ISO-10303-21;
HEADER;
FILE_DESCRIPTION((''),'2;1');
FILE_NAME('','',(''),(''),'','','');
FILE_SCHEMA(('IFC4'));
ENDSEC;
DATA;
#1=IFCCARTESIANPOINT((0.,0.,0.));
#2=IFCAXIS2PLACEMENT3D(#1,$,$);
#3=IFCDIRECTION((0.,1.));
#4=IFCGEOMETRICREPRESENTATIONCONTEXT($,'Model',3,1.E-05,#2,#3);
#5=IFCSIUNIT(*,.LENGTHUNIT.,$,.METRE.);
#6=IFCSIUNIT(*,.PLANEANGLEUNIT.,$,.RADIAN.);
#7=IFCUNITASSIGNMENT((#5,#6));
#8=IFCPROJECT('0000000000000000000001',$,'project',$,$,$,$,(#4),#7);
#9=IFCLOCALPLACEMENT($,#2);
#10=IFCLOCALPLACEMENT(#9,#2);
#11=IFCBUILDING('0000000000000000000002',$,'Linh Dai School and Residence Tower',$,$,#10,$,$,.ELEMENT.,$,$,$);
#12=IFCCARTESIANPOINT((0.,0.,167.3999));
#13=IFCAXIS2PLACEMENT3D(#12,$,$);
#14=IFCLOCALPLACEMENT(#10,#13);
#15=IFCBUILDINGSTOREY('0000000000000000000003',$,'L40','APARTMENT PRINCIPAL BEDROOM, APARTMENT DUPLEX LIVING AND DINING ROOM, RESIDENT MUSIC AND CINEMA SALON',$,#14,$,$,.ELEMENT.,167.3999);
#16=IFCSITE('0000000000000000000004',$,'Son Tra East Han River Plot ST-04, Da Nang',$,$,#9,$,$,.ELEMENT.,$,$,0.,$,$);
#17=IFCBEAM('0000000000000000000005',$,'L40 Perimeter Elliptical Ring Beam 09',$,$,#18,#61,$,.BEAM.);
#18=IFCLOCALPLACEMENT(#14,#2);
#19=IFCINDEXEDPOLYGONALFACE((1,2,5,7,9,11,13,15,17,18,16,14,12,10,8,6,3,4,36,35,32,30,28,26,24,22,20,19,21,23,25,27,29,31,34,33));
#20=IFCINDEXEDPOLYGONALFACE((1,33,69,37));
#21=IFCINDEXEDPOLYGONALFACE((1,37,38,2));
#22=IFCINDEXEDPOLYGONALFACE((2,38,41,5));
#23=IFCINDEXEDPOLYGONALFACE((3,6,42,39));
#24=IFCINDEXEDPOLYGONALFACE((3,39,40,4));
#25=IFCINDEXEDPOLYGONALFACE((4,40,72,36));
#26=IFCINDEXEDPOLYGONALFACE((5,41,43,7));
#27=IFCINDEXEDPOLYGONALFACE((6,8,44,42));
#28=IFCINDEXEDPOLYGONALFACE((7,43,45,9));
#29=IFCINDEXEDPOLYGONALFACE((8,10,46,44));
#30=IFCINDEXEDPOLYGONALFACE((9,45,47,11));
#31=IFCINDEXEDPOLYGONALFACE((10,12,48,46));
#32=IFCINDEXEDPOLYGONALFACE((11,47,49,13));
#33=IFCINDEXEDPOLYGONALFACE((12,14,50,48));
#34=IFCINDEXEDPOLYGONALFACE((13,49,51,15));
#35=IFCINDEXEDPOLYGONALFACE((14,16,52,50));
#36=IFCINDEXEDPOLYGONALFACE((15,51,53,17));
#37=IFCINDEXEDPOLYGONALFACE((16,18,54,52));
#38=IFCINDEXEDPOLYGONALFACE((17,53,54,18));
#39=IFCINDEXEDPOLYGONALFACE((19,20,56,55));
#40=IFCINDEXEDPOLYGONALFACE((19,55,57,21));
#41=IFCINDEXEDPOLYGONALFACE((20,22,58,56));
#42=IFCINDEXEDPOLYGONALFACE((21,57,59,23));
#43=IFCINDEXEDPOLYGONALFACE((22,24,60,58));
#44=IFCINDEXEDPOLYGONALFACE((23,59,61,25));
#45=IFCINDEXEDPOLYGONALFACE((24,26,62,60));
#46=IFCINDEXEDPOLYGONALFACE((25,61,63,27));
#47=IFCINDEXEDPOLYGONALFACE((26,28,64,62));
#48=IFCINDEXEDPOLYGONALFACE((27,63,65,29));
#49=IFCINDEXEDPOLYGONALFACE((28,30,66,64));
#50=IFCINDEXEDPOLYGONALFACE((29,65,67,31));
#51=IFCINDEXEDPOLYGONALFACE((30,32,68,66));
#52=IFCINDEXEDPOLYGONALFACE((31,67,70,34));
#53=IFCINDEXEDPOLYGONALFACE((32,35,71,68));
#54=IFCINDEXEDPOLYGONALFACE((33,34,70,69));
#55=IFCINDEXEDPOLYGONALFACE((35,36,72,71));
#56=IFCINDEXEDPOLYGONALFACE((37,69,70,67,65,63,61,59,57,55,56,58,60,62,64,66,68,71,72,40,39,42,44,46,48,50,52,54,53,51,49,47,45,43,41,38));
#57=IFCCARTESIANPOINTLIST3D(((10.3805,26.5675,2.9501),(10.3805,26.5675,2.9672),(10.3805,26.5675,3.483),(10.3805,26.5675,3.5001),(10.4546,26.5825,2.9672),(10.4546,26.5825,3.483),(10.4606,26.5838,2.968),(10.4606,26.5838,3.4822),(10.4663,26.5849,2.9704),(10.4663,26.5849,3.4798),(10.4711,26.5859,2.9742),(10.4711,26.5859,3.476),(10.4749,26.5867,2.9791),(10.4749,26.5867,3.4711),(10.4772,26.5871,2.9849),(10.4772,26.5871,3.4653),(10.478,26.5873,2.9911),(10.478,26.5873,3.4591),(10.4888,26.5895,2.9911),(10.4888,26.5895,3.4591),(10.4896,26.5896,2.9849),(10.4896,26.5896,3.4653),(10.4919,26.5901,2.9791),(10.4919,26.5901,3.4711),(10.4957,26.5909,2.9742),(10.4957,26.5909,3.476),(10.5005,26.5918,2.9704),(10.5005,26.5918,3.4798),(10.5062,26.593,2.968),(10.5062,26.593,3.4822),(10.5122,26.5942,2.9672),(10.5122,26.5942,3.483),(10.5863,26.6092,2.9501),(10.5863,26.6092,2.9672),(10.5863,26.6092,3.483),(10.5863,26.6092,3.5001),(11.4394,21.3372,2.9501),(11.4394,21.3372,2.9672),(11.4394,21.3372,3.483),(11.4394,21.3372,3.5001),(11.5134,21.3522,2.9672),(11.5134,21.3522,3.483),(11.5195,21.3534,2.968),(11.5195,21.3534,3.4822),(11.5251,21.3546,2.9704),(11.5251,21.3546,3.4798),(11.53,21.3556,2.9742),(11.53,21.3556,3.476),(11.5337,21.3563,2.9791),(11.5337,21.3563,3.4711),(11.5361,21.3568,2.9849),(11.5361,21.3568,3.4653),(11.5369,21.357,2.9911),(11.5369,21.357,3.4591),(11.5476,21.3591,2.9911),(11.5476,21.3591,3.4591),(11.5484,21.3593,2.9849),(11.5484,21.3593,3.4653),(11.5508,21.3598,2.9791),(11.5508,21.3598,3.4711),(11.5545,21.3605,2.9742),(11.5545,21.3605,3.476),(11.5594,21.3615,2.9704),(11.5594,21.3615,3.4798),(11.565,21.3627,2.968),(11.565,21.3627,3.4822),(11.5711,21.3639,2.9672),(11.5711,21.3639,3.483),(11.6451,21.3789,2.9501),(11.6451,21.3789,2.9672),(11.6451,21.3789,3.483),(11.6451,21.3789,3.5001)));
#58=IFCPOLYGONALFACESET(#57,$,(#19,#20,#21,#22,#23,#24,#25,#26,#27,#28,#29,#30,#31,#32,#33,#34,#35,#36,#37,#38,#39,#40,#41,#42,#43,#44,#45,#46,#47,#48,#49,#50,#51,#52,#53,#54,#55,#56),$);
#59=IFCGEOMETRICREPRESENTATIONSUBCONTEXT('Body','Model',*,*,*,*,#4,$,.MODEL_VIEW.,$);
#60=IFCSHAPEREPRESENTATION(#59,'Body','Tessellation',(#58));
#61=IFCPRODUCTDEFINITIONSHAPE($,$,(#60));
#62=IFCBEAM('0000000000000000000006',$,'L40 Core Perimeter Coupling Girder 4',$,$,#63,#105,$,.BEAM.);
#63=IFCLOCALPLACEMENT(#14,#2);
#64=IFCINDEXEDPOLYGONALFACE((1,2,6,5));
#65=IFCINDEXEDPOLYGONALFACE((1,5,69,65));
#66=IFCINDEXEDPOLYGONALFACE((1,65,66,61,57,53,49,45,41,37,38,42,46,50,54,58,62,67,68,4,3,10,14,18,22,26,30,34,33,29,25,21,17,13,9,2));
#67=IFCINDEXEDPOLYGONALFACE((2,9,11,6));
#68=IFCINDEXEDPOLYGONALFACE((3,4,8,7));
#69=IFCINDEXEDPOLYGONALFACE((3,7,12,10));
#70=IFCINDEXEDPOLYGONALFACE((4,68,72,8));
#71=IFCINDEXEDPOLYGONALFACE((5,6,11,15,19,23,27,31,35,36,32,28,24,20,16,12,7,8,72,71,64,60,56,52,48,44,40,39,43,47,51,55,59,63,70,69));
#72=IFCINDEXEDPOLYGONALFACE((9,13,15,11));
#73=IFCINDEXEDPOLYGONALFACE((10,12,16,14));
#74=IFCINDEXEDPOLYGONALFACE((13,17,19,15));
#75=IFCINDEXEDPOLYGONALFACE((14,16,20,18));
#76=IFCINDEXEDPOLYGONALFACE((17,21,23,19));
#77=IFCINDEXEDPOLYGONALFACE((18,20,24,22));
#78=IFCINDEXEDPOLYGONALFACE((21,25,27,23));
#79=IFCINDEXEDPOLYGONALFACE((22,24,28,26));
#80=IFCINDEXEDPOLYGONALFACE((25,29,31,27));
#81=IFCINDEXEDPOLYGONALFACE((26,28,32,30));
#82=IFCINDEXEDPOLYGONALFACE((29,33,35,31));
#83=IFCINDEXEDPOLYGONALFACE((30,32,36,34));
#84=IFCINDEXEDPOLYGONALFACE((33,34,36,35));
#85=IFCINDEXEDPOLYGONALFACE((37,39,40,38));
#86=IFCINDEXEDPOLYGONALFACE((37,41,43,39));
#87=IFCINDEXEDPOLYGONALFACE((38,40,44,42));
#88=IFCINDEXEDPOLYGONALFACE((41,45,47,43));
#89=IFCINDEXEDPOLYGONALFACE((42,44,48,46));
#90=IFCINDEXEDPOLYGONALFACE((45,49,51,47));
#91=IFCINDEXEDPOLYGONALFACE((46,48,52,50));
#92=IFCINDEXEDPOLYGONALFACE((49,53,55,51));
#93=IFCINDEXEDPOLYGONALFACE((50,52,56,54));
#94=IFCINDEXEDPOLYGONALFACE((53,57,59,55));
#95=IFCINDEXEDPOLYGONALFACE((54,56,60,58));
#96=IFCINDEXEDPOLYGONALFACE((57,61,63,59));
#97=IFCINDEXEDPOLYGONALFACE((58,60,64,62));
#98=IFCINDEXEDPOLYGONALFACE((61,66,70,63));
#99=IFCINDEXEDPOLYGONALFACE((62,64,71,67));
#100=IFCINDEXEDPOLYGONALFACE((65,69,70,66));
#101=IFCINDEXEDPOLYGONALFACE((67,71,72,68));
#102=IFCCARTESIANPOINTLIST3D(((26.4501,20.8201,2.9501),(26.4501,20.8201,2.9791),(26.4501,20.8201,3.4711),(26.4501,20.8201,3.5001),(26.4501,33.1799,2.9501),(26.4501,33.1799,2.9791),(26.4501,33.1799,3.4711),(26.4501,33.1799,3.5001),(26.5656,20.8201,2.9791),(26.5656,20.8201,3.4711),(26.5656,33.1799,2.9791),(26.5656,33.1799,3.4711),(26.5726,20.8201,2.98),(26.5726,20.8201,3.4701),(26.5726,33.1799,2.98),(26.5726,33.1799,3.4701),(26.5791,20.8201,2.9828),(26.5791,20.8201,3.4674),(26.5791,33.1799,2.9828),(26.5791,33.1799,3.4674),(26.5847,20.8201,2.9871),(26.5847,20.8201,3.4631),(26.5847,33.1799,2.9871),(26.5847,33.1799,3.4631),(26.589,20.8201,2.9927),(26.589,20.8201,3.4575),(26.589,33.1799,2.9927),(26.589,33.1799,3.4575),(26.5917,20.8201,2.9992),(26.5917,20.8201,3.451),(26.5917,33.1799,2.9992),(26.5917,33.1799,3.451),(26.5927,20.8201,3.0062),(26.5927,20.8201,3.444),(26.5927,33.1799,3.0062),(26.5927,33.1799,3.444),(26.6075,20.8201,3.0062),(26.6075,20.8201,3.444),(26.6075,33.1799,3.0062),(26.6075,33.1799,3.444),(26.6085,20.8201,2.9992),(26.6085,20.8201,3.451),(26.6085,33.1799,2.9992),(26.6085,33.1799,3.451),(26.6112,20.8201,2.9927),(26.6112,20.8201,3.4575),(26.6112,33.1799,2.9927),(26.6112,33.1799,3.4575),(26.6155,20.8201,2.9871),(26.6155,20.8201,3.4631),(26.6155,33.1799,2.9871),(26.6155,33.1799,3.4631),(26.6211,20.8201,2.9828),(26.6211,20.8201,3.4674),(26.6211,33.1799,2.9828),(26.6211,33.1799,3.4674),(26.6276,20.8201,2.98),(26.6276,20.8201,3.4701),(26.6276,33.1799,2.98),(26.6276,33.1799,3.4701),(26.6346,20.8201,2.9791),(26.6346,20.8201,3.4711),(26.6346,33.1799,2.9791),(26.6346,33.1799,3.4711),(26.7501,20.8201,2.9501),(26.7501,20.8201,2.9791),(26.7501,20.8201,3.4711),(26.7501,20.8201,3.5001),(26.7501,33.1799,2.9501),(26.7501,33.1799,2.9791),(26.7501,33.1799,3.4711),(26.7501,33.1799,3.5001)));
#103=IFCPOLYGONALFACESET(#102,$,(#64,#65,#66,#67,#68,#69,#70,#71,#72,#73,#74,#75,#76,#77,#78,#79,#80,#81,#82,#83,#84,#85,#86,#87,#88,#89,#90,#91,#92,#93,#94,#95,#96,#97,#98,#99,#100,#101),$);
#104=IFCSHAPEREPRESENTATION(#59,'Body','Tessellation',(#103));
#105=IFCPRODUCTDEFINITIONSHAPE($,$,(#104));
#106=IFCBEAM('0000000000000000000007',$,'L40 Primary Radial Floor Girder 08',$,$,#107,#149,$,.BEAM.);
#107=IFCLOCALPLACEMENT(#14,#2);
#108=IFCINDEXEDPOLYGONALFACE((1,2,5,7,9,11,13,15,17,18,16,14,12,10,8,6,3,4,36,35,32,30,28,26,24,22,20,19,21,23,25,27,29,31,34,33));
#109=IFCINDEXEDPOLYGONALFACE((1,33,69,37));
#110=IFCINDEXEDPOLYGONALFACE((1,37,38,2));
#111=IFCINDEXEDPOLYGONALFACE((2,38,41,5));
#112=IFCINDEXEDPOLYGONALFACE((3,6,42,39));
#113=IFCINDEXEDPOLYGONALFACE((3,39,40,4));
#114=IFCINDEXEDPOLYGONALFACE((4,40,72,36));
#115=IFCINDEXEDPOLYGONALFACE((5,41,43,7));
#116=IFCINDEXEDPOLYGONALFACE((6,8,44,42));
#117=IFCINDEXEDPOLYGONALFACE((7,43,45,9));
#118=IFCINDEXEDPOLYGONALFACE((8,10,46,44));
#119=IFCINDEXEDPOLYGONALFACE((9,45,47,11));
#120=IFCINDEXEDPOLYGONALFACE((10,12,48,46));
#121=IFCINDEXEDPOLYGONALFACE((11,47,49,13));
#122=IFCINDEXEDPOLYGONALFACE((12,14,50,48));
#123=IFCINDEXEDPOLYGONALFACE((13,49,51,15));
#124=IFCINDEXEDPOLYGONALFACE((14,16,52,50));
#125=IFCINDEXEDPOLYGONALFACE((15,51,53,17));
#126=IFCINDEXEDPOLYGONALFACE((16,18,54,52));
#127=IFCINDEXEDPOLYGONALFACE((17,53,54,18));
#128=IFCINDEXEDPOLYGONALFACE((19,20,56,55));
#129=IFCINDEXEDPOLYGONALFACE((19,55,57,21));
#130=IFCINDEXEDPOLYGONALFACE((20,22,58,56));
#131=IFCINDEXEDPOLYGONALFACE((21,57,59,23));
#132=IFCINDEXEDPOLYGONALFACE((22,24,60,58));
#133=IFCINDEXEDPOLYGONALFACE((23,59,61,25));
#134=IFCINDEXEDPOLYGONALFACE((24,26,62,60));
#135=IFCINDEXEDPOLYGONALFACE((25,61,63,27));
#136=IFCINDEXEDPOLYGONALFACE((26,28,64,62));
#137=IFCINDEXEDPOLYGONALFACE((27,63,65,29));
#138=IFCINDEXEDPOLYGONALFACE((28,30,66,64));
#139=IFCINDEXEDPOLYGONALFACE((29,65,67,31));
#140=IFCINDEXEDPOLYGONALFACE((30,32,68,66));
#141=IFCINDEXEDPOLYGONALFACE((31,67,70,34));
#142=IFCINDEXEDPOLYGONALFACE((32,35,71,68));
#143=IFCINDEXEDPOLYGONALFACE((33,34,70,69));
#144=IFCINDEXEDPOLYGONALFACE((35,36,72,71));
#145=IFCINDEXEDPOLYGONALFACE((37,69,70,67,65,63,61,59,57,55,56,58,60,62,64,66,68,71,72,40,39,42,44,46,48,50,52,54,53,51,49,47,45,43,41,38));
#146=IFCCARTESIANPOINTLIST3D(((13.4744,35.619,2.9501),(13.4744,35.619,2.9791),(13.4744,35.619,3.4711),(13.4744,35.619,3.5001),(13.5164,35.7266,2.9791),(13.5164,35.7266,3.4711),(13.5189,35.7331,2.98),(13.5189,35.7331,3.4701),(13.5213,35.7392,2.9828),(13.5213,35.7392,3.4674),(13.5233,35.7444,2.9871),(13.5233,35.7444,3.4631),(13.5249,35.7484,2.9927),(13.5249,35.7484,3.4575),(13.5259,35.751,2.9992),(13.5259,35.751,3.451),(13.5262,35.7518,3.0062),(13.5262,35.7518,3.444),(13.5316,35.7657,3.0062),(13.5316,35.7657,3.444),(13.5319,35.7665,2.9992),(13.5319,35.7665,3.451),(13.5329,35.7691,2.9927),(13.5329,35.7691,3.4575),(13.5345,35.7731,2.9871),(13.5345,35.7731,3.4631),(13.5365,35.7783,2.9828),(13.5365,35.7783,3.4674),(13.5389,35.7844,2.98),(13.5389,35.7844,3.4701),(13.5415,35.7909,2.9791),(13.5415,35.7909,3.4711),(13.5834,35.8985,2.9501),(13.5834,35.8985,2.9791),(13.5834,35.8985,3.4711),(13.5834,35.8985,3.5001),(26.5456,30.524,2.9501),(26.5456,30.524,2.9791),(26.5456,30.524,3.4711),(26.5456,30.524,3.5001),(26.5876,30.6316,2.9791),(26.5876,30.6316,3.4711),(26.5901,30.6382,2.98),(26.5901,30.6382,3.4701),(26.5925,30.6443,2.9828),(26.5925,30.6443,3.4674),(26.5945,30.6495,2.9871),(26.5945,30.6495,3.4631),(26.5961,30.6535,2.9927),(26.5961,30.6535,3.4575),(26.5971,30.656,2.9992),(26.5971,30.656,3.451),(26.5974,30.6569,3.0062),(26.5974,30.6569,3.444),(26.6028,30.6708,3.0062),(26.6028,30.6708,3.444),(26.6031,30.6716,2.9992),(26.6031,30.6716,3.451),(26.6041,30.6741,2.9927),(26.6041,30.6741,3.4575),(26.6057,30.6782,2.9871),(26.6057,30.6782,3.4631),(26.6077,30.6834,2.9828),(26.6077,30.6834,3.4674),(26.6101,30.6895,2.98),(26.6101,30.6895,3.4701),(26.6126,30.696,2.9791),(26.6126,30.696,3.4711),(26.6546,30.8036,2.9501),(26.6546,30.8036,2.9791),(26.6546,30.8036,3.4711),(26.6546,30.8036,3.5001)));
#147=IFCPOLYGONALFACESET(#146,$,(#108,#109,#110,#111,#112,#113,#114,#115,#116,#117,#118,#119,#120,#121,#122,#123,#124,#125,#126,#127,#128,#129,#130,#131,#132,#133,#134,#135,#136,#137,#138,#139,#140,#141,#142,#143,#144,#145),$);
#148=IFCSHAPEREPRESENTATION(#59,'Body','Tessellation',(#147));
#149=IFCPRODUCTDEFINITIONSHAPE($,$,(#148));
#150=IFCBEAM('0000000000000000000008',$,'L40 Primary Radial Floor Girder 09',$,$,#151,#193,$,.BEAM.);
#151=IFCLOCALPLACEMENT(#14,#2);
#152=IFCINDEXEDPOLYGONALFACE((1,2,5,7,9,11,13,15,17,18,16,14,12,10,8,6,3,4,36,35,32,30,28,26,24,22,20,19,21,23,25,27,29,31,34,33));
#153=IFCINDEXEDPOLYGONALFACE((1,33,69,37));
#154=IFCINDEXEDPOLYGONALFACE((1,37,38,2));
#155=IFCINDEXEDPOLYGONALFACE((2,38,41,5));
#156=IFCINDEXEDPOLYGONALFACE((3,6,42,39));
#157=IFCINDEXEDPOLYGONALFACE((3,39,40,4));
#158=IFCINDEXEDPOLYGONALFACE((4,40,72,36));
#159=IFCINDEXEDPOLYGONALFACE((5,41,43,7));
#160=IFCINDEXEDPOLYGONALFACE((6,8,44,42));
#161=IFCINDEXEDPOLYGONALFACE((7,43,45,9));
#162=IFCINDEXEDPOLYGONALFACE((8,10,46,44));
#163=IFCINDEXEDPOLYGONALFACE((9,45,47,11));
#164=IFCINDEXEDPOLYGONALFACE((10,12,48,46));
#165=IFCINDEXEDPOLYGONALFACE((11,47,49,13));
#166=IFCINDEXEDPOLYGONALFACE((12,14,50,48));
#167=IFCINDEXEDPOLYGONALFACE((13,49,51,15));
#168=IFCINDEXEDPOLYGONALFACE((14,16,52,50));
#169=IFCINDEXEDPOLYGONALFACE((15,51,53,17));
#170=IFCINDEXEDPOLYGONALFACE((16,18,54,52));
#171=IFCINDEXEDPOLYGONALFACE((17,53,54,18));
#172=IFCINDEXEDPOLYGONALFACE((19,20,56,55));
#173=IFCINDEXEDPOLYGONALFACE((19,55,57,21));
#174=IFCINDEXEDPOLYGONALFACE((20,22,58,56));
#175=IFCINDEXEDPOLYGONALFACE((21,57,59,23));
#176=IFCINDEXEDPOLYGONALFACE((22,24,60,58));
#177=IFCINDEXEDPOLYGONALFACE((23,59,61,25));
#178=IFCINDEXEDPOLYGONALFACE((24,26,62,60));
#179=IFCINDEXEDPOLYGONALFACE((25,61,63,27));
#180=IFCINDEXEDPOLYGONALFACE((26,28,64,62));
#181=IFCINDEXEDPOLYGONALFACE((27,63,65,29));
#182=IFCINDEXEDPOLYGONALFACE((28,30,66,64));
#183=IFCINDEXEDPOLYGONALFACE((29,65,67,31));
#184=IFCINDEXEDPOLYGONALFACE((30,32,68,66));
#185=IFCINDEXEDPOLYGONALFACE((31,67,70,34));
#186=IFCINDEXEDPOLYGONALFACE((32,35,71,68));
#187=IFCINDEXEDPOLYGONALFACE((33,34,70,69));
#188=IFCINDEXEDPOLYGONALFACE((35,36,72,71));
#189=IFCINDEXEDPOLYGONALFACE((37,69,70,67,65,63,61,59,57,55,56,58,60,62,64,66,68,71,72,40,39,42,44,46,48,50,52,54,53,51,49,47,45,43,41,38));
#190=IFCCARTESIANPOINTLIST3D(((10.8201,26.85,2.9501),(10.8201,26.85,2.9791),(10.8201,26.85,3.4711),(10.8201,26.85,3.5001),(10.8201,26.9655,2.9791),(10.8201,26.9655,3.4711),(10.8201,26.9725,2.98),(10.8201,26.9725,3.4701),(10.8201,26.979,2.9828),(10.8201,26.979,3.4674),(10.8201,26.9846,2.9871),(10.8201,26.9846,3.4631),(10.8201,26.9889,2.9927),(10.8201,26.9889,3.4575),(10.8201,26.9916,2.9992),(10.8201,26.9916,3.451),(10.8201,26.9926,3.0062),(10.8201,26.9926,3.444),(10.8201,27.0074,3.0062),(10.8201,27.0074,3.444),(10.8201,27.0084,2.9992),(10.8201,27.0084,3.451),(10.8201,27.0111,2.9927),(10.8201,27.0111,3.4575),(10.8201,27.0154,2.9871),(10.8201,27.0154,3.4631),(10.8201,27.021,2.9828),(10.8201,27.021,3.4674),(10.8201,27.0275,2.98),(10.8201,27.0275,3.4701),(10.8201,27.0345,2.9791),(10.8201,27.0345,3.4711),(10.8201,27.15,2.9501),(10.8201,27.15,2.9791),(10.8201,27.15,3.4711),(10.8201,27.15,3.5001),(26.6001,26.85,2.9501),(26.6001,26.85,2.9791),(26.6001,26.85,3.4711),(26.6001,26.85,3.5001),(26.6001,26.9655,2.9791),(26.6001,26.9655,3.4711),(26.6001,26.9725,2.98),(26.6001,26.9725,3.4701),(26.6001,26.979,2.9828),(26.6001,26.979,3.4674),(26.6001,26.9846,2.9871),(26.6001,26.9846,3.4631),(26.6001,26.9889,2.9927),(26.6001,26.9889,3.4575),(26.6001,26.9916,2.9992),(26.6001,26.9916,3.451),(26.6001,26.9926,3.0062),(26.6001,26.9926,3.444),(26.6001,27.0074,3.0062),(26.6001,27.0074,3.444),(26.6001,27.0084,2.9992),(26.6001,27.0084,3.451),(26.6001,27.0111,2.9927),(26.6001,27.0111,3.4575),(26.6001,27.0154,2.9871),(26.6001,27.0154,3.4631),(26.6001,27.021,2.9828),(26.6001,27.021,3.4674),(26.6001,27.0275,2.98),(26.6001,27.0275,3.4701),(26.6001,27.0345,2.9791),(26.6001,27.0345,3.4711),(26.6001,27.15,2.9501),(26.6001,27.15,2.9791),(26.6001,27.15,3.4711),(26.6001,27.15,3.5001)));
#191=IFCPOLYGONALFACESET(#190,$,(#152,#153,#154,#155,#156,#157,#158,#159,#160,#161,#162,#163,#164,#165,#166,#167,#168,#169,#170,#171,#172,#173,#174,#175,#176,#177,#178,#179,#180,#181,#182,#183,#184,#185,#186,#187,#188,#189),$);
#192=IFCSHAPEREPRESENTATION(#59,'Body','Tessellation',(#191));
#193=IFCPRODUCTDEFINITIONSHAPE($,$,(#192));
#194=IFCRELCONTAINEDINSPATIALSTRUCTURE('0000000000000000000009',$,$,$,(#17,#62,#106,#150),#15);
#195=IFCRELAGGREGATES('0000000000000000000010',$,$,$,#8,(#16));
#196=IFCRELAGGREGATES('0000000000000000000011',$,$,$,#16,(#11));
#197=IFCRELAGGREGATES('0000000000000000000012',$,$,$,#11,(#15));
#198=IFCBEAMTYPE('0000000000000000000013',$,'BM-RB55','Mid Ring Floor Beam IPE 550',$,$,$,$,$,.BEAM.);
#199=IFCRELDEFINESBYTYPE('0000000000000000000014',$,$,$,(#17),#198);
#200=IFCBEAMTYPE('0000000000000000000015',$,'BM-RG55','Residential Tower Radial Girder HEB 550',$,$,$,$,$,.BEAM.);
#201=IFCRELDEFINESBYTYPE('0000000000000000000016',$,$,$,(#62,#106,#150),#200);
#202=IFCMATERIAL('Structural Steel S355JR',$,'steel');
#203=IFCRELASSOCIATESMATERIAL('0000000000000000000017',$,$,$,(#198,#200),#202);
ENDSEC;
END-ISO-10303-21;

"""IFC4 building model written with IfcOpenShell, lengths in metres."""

from ifc_helpers import new_model, si_unit, direction, frame, origin, origin_2d, place, context, subcontext, project, spatial, i_section, extrude, material, material_profile, profile_set, type_object, element, save


model = new_model("IFC4")

# Units and contexts
model_context = context("Model", 3, precision=1e-05, world=origin(), true_north=direction((0.0, 1.0)))
body_context = subcontext(model_context, "Body", "Model", "MODEL_VIEW")
ifc_project = project(units=[si_unit("LENGTHUNIT", "METRE"), si_unit("PLANEANGLEUNIT", "RADIAN")], contexts=[model_context])

# Site, building, storey
site_placement = place(None, origin())
site = spatial("IfcSite", under=ifc_project, at=site_placement, Name="Son Tra East Han River Plot ST-04, Da Nang", CompositionType="ELEMENT", RefElevation=0.0)
building_placement = place(site_placement, origin())
building = spatial("IfcBuilding", under=site, at=building_placement, Name="Linh Dai School and Residence Tower", CompositionType="ELEMENT")
storey_placement = place(building_placement, frame((0.0, 0.0, 167.3999)))
storey = spatial("IfcBuildingStorey", under=building, at=storey_placement, Name="L40", Description="APARTMENT PRINCIPAL BEDROOM, APARTMENT DUPLEX LIVING AND DINING ROOM, RESIDENT MUSIC AND CINEMA SALON", CompositionType="ELEMENT", Elevation=167.3999)

# Shared definitions
ifc_material_1 = material(Name="Structural Steel S355JR", Category="steel")

# Beams
ifc_material_profile_1 = material_profile(ifc_material_1, i_section(OverallWidth=0.21, OverallDepth=0.55, WebThickness=0.011, FlangeThickness=0.0171, FilletRadius=0.0239, at=origin_2d()), Name="IPE 550")
ifc_profile_set_1 = profile_set([ifc_material_profile_1], Name="Structural Steel S355JR")
beam_type_1 = type_object("IfcBeamType", Name="BM-RB55", Description="Mid Ring Floor Beam IPE 550", PredefinedType="BEAM", material=ifc_profile_set_1)
beam_1_placement = place(storey_placement, frame((10.4834, 26.5884, 3.2251), z_axis=(0.198421, -0.980117, 0.0), x_axis=(0.980117, 0.198421, 0.0)))
element("IfcBeam", 1, at=beam_1_placement, inside=storey, type_object=beam_type_1, Name="L40 Perimeter Elliptical Ring Beam 09", PredefinedType="BEAM", context=body_context, shape_type="SweptSolid", body=[
    extrude(i_section(OverallWidth=0.21, OverallDepth=0.55, WebThickness=0.011, FlangeThickness=0.0171, FilletRadius=0.0239, at=origin_2d()), origin(), (0.0, 0.0, 1.0), 5.3364),
])
ifc_material_profile_2 = material_profile(ifc_material_1, i_section(OverallWidth=0.3, OverallDepth=0.55, WebThickness=0.0149, FlangeThickness=0.0291, FilletRadius=0.0271, at=origin_2d()), Name="HEB 550")
ifc_profile_set_2 = profile_set([ifc_material_profile_2], Name="Structural Steel S355JR")
beam_type_2 = type_object("IfcBeamType", Name="BM-RG55", Description="Residential Tower Radial Girder HEB 550", PredefinedType="BEAM", material=ifc_profile_set_2)
beam_2_placement = place(storey_placement, frame((26.6001, 33.1799, 3.2251), z_axis=(0.0, -1.0, 0.0), x_axis=(1.0, 0.0, 0.0)))
element("IfcBeam", 2, at=beam_2_placement, inside=storey, type_object=beam_type_2, Name="L40 Core Perimeter Coupling Girder 4", PredefinedType="BEAM", context=body_context, shape_type="SweptSolid", body=[
    extrude(i_section(OverallWidth=0.3, OverallDepth=0.55, WebThickness=0.0149, FlangeThickness=0.0291, FilletRadius=0.0271, at=origin_2d()), origin(), (0.0, 0.0, 1.0), 12.3599),
])
beam_3_placement = place(storey_placement, frame((26.6001, 30.6638, 3.2251), z_axis=(-0.931723, 0.36317, 0.0), x_axis=(-0.36317, -0.931723, 0.0)))
element("IfcBeam", 3, at=beam_3_placement, inside=storey, type_object=beam_type_2, Name="L40 Primary Radial Floor Girder 08", PredefinedType="BEAM", context=body_context, shape_type="SweptSolid", body=[
    extrude(i_section(OverallWidth=0.3, OverallDepth=0.55, WebThickness=0.0149, FlangeThickness=0.0291, FilletRadius=0.0271, at=origin_2d()), origin(), (0.0, 0.0, 1.0), 14.0291),
])
beam_4_placement = place(storey_placement, frame((26.6001, 27.0, 3.2251), z_axis=(-1.0, 0.0, 0.0), x_axis=(0.0, -1.0, 0.0)))
element("IfcBeam", 4, at=beam_4_placement, inside=storey, type_object=beam_type_2, Name="L40 Primary Radial Floor Girder 09", PredefinedType="BEAM", context=body_context, shape_type="SweptSolid", body=[
    extrude(i_section(OverallWidth=0.3, OverallDepth=0.55, WebThickness=0.0149, FlangeThickness=0.0291, FilletRadius=0.0271, at=origin_2d()), origin(), (0.0, 0.0, 1.0), 15.78),
])

save(model, "model.ifc")
